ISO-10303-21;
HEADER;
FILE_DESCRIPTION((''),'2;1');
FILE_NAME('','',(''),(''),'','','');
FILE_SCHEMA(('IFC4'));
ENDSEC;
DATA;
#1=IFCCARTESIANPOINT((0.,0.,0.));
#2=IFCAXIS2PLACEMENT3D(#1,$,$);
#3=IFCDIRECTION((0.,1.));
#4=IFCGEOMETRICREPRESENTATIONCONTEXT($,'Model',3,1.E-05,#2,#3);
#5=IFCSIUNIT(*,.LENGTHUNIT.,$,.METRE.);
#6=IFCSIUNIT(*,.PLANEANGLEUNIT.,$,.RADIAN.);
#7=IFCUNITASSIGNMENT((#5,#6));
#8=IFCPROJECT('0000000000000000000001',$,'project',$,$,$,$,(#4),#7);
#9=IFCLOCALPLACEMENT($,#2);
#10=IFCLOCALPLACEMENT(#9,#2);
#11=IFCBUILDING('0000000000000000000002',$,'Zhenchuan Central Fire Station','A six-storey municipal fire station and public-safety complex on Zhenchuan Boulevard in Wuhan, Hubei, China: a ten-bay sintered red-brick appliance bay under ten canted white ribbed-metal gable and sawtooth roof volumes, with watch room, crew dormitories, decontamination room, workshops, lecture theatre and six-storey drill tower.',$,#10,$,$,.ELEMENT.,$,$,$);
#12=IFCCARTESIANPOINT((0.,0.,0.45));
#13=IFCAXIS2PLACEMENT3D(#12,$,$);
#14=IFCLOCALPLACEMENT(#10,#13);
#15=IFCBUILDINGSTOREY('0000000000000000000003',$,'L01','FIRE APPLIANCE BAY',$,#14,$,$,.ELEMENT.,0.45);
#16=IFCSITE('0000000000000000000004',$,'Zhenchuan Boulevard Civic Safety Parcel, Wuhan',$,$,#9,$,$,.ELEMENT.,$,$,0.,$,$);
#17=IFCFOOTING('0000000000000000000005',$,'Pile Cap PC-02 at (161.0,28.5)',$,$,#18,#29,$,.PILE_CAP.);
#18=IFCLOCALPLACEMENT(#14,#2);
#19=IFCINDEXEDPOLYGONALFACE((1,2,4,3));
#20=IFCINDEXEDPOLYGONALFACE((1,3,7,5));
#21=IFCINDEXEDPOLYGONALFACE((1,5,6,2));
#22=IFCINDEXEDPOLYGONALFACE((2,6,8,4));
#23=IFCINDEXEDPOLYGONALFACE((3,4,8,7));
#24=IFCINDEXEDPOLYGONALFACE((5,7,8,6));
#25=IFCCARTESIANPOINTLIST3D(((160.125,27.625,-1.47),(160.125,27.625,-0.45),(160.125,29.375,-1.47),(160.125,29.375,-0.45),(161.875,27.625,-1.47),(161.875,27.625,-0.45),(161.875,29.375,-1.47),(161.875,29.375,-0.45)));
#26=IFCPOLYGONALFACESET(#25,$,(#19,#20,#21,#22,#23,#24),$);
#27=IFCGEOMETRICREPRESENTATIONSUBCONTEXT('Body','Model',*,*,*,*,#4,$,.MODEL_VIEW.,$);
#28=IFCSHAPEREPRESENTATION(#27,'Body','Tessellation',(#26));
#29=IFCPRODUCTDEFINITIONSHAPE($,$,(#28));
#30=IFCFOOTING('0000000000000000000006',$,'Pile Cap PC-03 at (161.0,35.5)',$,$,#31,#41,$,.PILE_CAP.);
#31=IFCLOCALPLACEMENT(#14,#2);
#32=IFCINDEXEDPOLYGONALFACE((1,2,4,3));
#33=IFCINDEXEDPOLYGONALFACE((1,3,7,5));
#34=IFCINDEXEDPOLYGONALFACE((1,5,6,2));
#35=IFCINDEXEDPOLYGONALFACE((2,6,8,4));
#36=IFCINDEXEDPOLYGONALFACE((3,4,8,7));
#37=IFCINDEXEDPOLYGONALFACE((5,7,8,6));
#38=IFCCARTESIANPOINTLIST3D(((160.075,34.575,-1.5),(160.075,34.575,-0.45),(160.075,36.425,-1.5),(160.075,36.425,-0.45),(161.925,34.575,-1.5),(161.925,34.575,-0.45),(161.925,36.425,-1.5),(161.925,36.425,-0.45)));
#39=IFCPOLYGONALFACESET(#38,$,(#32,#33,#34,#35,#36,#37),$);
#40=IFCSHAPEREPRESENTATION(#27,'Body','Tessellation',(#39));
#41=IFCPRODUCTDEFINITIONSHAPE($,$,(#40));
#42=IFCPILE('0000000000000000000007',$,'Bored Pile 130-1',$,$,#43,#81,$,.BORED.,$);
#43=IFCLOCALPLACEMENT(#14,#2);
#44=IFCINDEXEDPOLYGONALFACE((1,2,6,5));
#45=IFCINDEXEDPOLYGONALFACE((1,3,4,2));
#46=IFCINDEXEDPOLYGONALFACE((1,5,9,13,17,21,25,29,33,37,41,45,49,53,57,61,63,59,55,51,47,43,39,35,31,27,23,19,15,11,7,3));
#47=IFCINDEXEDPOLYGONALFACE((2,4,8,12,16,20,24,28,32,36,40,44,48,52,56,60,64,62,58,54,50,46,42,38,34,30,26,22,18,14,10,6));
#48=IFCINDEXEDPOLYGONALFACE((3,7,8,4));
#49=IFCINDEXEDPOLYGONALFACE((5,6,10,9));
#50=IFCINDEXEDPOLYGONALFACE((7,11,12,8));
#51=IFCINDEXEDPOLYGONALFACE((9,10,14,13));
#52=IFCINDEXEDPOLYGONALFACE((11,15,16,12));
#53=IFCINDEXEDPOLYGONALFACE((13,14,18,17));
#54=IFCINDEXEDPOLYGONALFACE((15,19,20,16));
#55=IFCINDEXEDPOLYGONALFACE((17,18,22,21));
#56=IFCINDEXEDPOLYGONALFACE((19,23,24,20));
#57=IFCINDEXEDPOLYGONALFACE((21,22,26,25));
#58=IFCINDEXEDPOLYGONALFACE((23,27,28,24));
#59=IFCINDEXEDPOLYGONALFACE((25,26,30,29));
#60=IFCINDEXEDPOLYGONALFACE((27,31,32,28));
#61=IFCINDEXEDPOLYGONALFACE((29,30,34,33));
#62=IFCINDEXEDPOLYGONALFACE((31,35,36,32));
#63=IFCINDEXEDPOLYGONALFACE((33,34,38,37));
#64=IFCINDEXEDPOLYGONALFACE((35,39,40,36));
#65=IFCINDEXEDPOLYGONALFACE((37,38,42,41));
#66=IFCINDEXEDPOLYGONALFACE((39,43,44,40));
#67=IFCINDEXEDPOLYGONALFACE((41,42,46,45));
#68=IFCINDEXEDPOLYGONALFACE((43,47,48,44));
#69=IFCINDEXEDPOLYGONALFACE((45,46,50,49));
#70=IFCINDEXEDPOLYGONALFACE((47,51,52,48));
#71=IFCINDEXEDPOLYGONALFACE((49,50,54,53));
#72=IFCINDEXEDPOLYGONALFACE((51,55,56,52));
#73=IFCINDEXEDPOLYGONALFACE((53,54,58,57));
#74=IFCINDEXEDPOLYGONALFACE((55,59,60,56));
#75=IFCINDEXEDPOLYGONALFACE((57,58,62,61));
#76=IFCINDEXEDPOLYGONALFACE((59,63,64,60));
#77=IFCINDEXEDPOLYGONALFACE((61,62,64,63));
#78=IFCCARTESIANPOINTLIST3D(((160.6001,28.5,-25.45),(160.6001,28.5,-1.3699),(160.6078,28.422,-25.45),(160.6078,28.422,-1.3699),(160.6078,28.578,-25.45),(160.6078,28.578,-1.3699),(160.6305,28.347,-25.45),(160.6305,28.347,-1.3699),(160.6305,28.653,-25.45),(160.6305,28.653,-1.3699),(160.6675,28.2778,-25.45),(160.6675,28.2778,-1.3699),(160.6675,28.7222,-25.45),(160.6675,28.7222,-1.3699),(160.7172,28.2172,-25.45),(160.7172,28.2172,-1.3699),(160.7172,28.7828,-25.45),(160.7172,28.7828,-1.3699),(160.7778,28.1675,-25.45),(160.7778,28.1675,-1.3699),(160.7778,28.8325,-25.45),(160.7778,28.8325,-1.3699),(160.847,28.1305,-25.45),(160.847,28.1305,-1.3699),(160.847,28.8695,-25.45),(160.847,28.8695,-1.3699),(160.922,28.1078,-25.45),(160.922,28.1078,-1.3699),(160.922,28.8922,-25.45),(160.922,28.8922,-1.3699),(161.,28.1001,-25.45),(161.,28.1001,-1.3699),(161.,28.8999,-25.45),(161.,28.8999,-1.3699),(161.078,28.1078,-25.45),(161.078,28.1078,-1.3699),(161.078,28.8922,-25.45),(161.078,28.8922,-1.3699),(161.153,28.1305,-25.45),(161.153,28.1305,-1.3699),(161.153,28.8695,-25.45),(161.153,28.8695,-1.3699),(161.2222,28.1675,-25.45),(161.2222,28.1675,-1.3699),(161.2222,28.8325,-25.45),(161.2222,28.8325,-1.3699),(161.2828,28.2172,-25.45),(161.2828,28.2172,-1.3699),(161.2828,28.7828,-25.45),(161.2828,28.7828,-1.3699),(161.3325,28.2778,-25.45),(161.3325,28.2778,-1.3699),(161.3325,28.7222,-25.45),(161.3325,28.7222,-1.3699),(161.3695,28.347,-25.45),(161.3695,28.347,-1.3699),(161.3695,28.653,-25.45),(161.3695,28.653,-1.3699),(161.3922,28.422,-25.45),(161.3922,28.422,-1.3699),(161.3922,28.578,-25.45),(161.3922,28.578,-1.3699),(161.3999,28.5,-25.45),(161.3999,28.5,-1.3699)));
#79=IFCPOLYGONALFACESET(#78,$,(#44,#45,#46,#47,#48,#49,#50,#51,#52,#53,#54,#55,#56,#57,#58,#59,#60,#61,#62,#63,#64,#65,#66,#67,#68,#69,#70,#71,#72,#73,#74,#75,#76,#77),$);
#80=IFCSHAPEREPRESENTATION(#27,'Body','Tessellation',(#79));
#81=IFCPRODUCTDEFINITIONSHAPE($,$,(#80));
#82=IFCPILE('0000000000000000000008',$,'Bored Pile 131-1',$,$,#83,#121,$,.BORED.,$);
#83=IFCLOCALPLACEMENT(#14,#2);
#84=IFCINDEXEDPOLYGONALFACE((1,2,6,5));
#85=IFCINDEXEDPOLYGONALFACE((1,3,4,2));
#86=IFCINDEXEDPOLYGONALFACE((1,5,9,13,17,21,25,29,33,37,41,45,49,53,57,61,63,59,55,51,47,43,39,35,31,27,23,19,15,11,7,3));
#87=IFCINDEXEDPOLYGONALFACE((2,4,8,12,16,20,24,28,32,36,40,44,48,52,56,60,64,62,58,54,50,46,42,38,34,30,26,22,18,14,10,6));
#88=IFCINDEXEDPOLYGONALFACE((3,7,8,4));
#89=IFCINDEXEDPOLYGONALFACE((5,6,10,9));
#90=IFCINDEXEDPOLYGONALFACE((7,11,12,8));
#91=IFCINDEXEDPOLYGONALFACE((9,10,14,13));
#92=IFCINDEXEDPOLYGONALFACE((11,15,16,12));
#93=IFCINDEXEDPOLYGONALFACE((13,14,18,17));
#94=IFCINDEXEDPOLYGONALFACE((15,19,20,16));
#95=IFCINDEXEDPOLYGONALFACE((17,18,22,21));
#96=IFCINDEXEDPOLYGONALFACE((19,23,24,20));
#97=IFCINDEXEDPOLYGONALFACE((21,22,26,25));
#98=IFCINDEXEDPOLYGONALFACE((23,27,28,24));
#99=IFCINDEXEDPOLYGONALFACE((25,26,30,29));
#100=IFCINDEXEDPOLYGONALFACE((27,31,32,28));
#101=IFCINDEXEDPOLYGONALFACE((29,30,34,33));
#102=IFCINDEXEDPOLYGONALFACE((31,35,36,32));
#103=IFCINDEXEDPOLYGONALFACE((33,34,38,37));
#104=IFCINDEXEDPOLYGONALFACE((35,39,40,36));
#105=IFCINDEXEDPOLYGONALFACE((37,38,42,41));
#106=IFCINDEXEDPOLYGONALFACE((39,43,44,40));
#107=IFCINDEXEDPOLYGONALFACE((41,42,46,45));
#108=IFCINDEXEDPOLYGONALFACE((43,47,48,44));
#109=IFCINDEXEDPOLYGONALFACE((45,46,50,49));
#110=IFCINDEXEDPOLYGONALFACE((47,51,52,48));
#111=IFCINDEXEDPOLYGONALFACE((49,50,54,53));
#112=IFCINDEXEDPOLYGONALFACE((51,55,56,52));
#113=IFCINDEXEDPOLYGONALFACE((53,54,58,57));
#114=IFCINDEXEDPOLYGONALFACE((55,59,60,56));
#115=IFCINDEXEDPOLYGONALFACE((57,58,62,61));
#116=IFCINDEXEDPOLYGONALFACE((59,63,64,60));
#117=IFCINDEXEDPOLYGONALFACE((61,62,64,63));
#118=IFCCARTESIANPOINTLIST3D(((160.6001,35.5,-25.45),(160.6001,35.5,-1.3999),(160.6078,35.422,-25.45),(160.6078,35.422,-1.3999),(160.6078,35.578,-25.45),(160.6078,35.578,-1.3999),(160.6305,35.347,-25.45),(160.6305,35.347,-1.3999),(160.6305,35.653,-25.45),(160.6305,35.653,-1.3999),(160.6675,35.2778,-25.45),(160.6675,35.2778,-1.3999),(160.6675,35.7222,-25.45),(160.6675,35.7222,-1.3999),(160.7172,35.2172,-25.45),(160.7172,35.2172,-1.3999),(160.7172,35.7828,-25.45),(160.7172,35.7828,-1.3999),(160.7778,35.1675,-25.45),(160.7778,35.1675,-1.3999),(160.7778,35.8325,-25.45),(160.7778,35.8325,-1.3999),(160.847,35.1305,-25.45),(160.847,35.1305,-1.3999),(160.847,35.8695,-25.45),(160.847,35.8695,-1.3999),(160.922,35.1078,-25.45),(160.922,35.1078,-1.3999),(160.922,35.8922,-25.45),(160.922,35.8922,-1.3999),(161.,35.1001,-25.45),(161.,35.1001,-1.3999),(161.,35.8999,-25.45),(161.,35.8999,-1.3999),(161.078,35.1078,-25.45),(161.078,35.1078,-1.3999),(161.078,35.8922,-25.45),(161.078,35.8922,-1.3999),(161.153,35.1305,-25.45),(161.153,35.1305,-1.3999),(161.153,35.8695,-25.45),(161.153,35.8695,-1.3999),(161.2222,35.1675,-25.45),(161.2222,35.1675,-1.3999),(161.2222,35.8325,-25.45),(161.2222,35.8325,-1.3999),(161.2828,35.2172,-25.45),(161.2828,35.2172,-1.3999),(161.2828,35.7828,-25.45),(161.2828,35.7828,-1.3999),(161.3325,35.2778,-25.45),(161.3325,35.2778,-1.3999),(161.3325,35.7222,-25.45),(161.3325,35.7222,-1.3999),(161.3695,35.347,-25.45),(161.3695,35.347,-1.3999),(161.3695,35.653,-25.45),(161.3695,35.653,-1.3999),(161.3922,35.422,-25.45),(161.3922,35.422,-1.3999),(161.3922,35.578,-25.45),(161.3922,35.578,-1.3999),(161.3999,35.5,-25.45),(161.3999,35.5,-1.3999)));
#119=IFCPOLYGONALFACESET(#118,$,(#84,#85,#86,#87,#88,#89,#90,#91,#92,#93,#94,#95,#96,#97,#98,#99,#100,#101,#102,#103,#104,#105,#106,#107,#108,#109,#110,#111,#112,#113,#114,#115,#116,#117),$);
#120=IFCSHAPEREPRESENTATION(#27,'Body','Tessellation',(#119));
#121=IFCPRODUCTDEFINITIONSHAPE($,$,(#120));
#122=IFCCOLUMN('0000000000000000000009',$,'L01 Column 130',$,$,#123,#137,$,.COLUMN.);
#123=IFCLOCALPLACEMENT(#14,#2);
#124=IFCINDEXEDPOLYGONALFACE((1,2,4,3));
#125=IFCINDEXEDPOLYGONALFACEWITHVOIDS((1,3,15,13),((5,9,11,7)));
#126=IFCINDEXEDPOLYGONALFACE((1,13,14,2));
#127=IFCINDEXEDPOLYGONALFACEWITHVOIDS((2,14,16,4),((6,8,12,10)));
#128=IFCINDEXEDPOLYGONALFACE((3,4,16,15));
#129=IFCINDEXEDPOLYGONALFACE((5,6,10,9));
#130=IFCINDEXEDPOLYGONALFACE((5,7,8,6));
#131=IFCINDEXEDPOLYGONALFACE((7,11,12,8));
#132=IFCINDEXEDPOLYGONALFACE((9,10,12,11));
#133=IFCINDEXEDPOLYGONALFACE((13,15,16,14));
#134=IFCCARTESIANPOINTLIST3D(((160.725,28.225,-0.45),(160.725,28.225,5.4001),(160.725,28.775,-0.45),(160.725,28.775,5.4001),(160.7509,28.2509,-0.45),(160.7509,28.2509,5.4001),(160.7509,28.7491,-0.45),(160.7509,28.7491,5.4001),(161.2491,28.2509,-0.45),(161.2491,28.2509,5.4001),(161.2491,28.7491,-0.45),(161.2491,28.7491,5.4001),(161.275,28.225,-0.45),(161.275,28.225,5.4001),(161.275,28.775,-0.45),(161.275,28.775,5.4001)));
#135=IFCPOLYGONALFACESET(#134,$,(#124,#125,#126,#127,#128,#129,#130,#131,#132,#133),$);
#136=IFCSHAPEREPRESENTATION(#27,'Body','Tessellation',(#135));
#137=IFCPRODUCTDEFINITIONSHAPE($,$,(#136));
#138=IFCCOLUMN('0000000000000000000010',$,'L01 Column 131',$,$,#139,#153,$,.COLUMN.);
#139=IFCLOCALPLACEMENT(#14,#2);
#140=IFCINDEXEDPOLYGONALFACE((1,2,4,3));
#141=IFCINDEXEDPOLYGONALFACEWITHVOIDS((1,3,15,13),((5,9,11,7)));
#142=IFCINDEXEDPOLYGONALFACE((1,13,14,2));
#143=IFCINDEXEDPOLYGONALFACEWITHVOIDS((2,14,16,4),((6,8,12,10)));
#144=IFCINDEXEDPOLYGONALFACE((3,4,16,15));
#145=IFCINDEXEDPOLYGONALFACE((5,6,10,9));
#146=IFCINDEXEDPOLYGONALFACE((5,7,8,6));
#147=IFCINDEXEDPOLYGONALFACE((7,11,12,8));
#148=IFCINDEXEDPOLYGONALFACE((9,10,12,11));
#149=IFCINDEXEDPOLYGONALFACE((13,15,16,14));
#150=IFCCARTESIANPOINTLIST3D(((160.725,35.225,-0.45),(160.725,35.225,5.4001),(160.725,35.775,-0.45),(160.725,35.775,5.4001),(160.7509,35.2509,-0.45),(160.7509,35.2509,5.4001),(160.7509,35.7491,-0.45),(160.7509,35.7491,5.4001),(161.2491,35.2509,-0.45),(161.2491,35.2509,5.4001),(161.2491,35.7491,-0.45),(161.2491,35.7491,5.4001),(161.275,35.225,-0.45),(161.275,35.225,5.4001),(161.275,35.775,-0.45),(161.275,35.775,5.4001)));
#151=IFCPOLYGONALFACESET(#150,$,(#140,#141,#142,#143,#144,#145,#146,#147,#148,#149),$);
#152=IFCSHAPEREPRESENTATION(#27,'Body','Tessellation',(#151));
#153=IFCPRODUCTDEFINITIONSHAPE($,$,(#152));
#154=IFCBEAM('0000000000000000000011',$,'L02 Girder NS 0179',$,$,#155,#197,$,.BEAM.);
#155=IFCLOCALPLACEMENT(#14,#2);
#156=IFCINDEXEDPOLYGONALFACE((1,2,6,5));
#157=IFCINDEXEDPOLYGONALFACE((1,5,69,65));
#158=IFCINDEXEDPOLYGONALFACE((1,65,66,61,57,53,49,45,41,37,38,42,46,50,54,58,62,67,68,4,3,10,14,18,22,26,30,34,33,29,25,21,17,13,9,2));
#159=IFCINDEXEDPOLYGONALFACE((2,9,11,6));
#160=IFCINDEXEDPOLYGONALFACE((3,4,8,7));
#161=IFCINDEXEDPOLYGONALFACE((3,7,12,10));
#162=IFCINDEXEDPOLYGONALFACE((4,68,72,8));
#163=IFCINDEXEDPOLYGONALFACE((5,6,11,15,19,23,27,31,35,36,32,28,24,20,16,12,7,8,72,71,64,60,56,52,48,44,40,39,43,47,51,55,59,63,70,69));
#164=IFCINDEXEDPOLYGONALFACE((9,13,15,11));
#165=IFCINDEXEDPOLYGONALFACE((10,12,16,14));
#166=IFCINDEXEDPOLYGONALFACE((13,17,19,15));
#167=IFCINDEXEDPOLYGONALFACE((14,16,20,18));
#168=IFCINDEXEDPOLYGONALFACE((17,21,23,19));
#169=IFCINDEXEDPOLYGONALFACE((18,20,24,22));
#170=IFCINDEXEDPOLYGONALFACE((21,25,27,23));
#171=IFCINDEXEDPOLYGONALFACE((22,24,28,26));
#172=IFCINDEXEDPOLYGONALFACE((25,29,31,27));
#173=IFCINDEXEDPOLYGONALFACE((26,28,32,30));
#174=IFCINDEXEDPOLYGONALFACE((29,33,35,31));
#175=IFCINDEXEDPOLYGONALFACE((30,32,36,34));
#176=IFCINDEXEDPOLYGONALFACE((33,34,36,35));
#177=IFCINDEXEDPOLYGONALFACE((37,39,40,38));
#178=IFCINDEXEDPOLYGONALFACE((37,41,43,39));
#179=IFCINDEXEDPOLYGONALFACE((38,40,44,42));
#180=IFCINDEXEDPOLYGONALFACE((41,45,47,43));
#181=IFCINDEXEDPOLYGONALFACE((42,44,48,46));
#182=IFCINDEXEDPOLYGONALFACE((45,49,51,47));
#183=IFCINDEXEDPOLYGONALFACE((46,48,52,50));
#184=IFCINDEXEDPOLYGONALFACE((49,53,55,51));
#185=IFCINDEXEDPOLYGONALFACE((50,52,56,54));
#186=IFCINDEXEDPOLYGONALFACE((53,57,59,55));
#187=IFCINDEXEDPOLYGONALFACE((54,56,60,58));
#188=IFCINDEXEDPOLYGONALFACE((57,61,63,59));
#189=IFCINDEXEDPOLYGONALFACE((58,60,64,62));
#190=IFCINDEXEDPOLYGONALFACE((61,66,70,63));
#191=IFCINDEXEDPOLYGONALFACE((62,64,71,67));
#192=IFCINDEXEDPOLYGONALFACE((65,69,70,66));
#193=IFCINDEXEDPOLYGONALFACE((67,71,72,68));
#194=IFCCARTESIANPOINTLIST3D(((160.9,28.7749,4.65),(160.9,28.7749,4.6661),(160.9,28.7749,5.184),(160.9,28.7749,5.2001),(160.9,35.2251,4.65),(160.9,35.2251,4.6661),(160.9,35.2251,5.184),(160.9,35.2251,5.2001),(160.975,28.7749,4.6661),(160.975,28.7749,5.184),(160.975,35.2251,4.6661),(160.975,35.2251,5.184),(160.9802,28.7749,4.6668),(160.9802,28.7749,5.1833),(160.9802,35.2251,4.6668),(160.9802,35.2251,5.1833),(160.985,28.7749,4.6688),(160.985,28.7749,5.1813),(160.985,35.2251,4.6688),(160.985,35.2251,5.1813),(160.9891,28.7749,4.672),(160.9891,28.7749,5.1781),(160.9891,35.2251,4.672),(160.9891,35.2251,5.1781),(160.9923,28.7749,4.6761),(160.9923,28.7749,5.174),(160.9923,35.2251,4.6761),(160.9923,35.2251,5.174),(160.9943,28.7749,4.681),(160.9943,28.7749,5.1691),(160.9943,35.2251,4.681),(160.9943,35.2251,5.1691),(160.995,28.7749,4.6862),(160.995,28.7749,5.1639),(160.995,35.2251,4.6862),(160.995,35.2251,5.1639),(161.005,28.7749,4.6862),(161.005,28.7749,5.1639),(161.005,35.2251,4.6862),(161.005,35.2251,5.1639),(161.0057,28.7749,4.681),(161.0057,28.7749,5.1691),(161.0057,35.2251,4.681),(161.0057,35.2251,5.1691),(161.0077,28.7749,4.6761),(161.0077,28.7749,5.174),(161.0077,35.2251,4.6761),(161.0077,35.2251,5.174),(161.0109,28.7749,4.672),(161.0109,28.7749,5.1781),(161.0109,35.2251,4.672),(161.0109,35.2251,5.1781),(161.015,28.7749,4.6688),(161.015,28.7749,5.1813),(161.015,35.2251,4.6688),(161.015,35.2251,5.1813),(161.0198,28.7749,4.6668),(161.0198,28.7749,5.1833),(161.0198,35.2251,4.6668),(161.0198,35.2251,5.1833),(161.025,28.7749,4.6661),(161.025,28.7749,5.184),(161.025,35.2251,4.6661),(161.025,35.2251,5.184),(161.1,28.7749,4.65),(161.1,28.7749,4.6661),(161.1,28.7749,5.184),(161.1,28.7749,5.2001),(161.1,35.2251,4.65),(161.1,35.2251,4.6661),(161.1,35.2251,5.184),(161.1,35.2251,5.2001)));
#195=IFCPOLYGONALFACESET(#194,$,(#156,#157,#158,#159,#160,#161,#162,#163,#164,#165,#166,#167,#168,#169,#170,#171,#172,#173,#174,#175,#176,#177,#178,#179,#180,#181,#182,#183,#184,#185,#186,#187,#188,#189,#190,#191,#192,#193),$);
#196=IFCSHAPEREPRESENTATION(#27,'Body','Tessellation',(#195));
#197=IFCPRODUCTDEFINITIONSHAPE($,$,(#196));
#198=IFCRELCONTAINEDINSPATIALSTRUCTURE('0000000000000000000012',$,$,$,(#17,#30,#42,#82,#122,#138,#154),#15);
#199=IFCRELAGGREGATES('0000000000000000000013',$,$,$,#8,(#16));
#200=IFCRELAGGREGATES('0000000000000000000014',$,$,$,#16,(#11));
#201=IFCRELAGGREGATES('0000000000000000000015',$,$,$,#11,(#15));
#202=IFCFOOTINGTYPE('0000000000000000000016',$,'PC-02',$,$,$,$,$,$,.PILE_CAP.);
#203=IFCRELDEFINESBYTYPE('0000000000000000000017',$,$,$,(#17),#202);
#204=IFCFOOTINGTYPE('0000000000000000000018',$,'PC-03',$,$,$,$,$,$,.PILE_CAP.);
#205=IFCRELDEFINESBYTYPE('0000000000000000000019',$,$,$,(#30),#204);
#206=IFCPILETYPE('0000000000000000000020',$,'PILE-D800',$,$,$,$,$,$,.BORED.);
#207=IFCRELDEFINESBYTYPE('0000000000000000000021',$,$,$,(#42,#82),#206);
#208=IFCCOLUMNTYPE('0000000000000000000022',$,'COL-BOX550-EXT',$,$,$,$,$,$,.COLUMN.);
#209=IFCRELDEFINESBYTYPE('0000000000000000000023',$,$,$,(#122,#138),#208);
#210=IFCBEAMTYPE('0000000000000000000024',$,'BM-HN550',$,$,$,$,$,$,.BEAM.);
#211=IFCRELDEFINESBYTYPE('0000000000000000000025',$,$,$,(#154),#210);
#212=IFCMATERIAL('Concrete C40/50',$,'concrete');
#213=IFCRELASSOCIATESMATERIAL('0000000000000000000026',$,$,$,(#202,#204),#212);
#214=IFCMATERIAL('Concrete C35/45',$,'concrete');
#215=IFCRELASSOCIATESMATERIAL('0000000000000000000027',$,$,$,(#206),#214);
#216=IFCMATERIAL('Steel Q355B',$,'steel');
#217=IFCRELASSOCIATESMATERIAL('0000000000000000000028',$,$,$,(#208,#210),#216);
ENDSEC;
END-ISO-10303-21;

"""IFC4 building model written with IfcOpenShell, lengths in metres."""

from ifc_helpers import new_model, si_unit, direction, frame, origin, origin_2d, place, context, subcontext, project, spatial, rectangle, hollow_rectangle, circle, i_section, extrude, material, material_profile, profile_set, type_object, element, save


model = new_model("IFC4")

# Units and contexts
model_context = context("Model", 3, precision=1e-05, world=origin(), true_north=direction((0.0, 1.0)))
body_context = subcontext(model_context, "Body", "Model", "MODEL_VIEW")
ifc_project = project(units=[si_unit("LENGTHUNIT", "METRE"), si_unit("PLANEANGLEUNIT", "RADIAN")], contexts=[model_context])

# Site, building, storey
site_placement = place(None, origin())
site = spatial("IfcSite", under=ifc_project, at=site_placement, Name="Zhenchuan Boulevard Civic Safety Parcel, Wuhan", CompositionType="ELEMENT", RefElevation=0.0)
building_placement = place(site_placement, origin())
building = spatial("IfcBuilding", under=site, at=building_placement, Name="Zhenchuan Central Fire Station", Description="A six-storey municipal fire station and public-safety complex on Zhenchuan Boulevard in Wuhan, Hubei, China: a ten-bay sintered red-brick appliance bay under ten canted white ribbed-metal gable and sawtooth roof volumes, with watch room, crew dormitories, decontamination room, workshops, lecture theatre and six-storey drill tower.", CompositionType="ELEMENT")
storey_placement = place(building_placement, frame((0.0, 0.0, 0.45)))
storey = spatial("IfcBuildingStorey", under=building, at=storey_placement, Name="L01", Description="FIRE APPLIANCE BAY", CompositionType="ELEMENT", Elevation=0.45)

# Footings
ifc_material_1 = material(Name="Concrete C40/50", Category="concrete")
footing_type_1 = type_object("IfcFootingType", Name="PC-02", PredefinedType="PILE_CAP", material=ifc_material_1)
footing_1_placement = place(storey_placement, frame((161.0, 28.5, -1.47), z_axis=(0.0, 0.0, 1.0), x_axis=(1.0, 0.0, 0.0)))
element("IfcFooting", 1, at=footing_1_placement, inside=storey, type_object=footing_type_1, Name="Pile Cap PC-02 at (161.0,28.5)", PredefinedType="PILE_CAP", context=body_context, shape_type="SweptSolid", body=[
    extrude(rectangle(XDim=1.75, YDim=1.75, at=origin_2d()), origin(), (0.0, 0.0, 1.0), 1.02),
])
footing_type_2 = type_object("IfcFootingType", Name="PC-03", PredefinedType="PILE_CAP", material=ifc_material_1)
footing_2_placement = place(storey_placement, frame((161.0, 35.5, -1.5), z_axis=(0.0, 0.0, 1.0), x_axis=(1.0, 0.0, 0.0)))
element("IfcFooting", 2, at=footing_2_placement, inside=storey, type_object=footing_type_2, Name="Pile Cap PC-03 at (161.0,35.5)", PredefinedType="PILE_CAP", context=body_context, shape_type="SweptSolid", body=[
    extrude(rectangle(XDim=1.8501, YDim=1.8501, at=origin_2d()), origin(), (0.0, 0.0, 1.0), 1.05),
])

# Piles
ifc_material_2 = material(Name="Concrete C35/45", Category="concrete")
ifc_material_profile_1 = material_profile(ifc_material_2, circle(Radius=0.3999, at=origin_2d()), Name="PILE D800")
ifc_profile_set_1 = profile_set([ifc_material_profile_1], Name="Concrete C35/45")
pile_type = type_object("IfcPileType", Name="PILE-D800", PredefinedType="BORED", material=ifc_profile_set_1)
pile_1_placement = place(storey_placement, frame((161.0, 28.5, -1.3699), z_axis=(0.0, 0.0, -1.0), x_axis=(1.0, 0.0, 0.0)))
element("IfcPile", 3, at=pile_1_placement, inside=storey, type_object=pile_type, Name="Bored Pile 130-1", PredefinedType="BORED", context=body_context, shape_type="SweptSolid", body=[
    extrude(circle(Radius=0.3999, at=origin_2d()), origin(), (0.0, 0.0, 1.0), 24.0801),
])
pile_2_placement = place(storey_placement, frame((161.0, 35.5, -1.3999), z_axis=(0.0, 0.0, -1.0), x_axis=(1.0, 0.0, 0.0)))
element("IfcPile", 4, at=pile_2_placement, inside=storey, type_object=pile_type, Name="Bored Pile 131-1", PredefinedType="BORED", context=body_context, shape_type="SweptSolid", body=[
    extrude(circle(Radius=0.3999, at=origin_2d()), origin(), (0.0, 0.0, 1.0), 24.05),
])

# Columns
ifc_material_3 = material(Name="Steel Q355B", Category="steel")
ifc_material_profile_2 = material_profile(ifc_material_3, hollow_rectangle(XDim=0.55, YDim=0.55, WallThickness=0.0259, at=origin_2d()), Name="BOX 550x550x26")
ifc_profile_set_2 = profile_set([ifc_material_profile_2], Name="Steel Q355B")
column_type = type_object("IfcColumnType", Name="COL-BOX550-EXT", PredefinedType="COLUMN", material=ifc_profile_set_2)
for number, where, z_axis, x_axis, name in (
    (5, (161.0, 28.5, -0.45), (0.0, 0.0, 1.0), (1.0, 0.0, 0.0), "L01 Column 130"),
    (6, (161.0, 35.5, -0.45), (0.0, 0.0, 1.0), (1.0, 0.0, 0.0), "L01 Column 131"),
):
    element("IfcColumn", number, at=place(storey_placement, frame(where, z_axis=z_axis, x_axis=x_axis)), inside=storey, type_object=column_type, Name=name, PredefinedType="COLUMN", context=body_context, shape_type="SweptSolid", body=[
        extrude(hollow_rectangle(XDim=0.55, YDim=0.55, WallThickness=0.0259, at=origin_2d()), origin(), (0.0, 0.0, 1.0), 5.8501),
    ])

# Beam
ifc_material_profile_3 = material_profile(ifc_material_3, i_section(OverallWidth=0.2, OverallDepth=0.55, WebThickness=0.01, FlangeThickness=0.0161, FilletRadius=0.02, at=origin_2d()), Name="HN 550x200")
ifc_profile_set_3 = profile_set([ifc_material_profile_3], Name="Steel Q355B")
beam_type_1 = type_object("IfcBeamType", Name="BM-HN550", PredefinedType="BEAM", material=ifc_profile_set_3)
beam_1_placement = place(storey_placement, frame((161.0, 28.7749, 4.925), z_axis=(0.0, 1.0, 0.0), x_axis=(-1.0, 0.0, 0.0)))
element("IfcBeam", 7, at=beam_1_placement, inside=storey, type_object=beam_type_1, Name="L02 Girder NS 0179", PredefinedType="BEAM", context=body_context, shape_type="SweptSolid", body=[
    extrude(i_section(OverallWidth=0.2, OverallDepth=0.55, WebThickness=0.01, FlangeThickness=0.0161, FilletRadius=0.02, at=origin_2d()), origin(), (0.0, 0.0, 1.0), 6.4502),
])

save(model, "model.ifc")
